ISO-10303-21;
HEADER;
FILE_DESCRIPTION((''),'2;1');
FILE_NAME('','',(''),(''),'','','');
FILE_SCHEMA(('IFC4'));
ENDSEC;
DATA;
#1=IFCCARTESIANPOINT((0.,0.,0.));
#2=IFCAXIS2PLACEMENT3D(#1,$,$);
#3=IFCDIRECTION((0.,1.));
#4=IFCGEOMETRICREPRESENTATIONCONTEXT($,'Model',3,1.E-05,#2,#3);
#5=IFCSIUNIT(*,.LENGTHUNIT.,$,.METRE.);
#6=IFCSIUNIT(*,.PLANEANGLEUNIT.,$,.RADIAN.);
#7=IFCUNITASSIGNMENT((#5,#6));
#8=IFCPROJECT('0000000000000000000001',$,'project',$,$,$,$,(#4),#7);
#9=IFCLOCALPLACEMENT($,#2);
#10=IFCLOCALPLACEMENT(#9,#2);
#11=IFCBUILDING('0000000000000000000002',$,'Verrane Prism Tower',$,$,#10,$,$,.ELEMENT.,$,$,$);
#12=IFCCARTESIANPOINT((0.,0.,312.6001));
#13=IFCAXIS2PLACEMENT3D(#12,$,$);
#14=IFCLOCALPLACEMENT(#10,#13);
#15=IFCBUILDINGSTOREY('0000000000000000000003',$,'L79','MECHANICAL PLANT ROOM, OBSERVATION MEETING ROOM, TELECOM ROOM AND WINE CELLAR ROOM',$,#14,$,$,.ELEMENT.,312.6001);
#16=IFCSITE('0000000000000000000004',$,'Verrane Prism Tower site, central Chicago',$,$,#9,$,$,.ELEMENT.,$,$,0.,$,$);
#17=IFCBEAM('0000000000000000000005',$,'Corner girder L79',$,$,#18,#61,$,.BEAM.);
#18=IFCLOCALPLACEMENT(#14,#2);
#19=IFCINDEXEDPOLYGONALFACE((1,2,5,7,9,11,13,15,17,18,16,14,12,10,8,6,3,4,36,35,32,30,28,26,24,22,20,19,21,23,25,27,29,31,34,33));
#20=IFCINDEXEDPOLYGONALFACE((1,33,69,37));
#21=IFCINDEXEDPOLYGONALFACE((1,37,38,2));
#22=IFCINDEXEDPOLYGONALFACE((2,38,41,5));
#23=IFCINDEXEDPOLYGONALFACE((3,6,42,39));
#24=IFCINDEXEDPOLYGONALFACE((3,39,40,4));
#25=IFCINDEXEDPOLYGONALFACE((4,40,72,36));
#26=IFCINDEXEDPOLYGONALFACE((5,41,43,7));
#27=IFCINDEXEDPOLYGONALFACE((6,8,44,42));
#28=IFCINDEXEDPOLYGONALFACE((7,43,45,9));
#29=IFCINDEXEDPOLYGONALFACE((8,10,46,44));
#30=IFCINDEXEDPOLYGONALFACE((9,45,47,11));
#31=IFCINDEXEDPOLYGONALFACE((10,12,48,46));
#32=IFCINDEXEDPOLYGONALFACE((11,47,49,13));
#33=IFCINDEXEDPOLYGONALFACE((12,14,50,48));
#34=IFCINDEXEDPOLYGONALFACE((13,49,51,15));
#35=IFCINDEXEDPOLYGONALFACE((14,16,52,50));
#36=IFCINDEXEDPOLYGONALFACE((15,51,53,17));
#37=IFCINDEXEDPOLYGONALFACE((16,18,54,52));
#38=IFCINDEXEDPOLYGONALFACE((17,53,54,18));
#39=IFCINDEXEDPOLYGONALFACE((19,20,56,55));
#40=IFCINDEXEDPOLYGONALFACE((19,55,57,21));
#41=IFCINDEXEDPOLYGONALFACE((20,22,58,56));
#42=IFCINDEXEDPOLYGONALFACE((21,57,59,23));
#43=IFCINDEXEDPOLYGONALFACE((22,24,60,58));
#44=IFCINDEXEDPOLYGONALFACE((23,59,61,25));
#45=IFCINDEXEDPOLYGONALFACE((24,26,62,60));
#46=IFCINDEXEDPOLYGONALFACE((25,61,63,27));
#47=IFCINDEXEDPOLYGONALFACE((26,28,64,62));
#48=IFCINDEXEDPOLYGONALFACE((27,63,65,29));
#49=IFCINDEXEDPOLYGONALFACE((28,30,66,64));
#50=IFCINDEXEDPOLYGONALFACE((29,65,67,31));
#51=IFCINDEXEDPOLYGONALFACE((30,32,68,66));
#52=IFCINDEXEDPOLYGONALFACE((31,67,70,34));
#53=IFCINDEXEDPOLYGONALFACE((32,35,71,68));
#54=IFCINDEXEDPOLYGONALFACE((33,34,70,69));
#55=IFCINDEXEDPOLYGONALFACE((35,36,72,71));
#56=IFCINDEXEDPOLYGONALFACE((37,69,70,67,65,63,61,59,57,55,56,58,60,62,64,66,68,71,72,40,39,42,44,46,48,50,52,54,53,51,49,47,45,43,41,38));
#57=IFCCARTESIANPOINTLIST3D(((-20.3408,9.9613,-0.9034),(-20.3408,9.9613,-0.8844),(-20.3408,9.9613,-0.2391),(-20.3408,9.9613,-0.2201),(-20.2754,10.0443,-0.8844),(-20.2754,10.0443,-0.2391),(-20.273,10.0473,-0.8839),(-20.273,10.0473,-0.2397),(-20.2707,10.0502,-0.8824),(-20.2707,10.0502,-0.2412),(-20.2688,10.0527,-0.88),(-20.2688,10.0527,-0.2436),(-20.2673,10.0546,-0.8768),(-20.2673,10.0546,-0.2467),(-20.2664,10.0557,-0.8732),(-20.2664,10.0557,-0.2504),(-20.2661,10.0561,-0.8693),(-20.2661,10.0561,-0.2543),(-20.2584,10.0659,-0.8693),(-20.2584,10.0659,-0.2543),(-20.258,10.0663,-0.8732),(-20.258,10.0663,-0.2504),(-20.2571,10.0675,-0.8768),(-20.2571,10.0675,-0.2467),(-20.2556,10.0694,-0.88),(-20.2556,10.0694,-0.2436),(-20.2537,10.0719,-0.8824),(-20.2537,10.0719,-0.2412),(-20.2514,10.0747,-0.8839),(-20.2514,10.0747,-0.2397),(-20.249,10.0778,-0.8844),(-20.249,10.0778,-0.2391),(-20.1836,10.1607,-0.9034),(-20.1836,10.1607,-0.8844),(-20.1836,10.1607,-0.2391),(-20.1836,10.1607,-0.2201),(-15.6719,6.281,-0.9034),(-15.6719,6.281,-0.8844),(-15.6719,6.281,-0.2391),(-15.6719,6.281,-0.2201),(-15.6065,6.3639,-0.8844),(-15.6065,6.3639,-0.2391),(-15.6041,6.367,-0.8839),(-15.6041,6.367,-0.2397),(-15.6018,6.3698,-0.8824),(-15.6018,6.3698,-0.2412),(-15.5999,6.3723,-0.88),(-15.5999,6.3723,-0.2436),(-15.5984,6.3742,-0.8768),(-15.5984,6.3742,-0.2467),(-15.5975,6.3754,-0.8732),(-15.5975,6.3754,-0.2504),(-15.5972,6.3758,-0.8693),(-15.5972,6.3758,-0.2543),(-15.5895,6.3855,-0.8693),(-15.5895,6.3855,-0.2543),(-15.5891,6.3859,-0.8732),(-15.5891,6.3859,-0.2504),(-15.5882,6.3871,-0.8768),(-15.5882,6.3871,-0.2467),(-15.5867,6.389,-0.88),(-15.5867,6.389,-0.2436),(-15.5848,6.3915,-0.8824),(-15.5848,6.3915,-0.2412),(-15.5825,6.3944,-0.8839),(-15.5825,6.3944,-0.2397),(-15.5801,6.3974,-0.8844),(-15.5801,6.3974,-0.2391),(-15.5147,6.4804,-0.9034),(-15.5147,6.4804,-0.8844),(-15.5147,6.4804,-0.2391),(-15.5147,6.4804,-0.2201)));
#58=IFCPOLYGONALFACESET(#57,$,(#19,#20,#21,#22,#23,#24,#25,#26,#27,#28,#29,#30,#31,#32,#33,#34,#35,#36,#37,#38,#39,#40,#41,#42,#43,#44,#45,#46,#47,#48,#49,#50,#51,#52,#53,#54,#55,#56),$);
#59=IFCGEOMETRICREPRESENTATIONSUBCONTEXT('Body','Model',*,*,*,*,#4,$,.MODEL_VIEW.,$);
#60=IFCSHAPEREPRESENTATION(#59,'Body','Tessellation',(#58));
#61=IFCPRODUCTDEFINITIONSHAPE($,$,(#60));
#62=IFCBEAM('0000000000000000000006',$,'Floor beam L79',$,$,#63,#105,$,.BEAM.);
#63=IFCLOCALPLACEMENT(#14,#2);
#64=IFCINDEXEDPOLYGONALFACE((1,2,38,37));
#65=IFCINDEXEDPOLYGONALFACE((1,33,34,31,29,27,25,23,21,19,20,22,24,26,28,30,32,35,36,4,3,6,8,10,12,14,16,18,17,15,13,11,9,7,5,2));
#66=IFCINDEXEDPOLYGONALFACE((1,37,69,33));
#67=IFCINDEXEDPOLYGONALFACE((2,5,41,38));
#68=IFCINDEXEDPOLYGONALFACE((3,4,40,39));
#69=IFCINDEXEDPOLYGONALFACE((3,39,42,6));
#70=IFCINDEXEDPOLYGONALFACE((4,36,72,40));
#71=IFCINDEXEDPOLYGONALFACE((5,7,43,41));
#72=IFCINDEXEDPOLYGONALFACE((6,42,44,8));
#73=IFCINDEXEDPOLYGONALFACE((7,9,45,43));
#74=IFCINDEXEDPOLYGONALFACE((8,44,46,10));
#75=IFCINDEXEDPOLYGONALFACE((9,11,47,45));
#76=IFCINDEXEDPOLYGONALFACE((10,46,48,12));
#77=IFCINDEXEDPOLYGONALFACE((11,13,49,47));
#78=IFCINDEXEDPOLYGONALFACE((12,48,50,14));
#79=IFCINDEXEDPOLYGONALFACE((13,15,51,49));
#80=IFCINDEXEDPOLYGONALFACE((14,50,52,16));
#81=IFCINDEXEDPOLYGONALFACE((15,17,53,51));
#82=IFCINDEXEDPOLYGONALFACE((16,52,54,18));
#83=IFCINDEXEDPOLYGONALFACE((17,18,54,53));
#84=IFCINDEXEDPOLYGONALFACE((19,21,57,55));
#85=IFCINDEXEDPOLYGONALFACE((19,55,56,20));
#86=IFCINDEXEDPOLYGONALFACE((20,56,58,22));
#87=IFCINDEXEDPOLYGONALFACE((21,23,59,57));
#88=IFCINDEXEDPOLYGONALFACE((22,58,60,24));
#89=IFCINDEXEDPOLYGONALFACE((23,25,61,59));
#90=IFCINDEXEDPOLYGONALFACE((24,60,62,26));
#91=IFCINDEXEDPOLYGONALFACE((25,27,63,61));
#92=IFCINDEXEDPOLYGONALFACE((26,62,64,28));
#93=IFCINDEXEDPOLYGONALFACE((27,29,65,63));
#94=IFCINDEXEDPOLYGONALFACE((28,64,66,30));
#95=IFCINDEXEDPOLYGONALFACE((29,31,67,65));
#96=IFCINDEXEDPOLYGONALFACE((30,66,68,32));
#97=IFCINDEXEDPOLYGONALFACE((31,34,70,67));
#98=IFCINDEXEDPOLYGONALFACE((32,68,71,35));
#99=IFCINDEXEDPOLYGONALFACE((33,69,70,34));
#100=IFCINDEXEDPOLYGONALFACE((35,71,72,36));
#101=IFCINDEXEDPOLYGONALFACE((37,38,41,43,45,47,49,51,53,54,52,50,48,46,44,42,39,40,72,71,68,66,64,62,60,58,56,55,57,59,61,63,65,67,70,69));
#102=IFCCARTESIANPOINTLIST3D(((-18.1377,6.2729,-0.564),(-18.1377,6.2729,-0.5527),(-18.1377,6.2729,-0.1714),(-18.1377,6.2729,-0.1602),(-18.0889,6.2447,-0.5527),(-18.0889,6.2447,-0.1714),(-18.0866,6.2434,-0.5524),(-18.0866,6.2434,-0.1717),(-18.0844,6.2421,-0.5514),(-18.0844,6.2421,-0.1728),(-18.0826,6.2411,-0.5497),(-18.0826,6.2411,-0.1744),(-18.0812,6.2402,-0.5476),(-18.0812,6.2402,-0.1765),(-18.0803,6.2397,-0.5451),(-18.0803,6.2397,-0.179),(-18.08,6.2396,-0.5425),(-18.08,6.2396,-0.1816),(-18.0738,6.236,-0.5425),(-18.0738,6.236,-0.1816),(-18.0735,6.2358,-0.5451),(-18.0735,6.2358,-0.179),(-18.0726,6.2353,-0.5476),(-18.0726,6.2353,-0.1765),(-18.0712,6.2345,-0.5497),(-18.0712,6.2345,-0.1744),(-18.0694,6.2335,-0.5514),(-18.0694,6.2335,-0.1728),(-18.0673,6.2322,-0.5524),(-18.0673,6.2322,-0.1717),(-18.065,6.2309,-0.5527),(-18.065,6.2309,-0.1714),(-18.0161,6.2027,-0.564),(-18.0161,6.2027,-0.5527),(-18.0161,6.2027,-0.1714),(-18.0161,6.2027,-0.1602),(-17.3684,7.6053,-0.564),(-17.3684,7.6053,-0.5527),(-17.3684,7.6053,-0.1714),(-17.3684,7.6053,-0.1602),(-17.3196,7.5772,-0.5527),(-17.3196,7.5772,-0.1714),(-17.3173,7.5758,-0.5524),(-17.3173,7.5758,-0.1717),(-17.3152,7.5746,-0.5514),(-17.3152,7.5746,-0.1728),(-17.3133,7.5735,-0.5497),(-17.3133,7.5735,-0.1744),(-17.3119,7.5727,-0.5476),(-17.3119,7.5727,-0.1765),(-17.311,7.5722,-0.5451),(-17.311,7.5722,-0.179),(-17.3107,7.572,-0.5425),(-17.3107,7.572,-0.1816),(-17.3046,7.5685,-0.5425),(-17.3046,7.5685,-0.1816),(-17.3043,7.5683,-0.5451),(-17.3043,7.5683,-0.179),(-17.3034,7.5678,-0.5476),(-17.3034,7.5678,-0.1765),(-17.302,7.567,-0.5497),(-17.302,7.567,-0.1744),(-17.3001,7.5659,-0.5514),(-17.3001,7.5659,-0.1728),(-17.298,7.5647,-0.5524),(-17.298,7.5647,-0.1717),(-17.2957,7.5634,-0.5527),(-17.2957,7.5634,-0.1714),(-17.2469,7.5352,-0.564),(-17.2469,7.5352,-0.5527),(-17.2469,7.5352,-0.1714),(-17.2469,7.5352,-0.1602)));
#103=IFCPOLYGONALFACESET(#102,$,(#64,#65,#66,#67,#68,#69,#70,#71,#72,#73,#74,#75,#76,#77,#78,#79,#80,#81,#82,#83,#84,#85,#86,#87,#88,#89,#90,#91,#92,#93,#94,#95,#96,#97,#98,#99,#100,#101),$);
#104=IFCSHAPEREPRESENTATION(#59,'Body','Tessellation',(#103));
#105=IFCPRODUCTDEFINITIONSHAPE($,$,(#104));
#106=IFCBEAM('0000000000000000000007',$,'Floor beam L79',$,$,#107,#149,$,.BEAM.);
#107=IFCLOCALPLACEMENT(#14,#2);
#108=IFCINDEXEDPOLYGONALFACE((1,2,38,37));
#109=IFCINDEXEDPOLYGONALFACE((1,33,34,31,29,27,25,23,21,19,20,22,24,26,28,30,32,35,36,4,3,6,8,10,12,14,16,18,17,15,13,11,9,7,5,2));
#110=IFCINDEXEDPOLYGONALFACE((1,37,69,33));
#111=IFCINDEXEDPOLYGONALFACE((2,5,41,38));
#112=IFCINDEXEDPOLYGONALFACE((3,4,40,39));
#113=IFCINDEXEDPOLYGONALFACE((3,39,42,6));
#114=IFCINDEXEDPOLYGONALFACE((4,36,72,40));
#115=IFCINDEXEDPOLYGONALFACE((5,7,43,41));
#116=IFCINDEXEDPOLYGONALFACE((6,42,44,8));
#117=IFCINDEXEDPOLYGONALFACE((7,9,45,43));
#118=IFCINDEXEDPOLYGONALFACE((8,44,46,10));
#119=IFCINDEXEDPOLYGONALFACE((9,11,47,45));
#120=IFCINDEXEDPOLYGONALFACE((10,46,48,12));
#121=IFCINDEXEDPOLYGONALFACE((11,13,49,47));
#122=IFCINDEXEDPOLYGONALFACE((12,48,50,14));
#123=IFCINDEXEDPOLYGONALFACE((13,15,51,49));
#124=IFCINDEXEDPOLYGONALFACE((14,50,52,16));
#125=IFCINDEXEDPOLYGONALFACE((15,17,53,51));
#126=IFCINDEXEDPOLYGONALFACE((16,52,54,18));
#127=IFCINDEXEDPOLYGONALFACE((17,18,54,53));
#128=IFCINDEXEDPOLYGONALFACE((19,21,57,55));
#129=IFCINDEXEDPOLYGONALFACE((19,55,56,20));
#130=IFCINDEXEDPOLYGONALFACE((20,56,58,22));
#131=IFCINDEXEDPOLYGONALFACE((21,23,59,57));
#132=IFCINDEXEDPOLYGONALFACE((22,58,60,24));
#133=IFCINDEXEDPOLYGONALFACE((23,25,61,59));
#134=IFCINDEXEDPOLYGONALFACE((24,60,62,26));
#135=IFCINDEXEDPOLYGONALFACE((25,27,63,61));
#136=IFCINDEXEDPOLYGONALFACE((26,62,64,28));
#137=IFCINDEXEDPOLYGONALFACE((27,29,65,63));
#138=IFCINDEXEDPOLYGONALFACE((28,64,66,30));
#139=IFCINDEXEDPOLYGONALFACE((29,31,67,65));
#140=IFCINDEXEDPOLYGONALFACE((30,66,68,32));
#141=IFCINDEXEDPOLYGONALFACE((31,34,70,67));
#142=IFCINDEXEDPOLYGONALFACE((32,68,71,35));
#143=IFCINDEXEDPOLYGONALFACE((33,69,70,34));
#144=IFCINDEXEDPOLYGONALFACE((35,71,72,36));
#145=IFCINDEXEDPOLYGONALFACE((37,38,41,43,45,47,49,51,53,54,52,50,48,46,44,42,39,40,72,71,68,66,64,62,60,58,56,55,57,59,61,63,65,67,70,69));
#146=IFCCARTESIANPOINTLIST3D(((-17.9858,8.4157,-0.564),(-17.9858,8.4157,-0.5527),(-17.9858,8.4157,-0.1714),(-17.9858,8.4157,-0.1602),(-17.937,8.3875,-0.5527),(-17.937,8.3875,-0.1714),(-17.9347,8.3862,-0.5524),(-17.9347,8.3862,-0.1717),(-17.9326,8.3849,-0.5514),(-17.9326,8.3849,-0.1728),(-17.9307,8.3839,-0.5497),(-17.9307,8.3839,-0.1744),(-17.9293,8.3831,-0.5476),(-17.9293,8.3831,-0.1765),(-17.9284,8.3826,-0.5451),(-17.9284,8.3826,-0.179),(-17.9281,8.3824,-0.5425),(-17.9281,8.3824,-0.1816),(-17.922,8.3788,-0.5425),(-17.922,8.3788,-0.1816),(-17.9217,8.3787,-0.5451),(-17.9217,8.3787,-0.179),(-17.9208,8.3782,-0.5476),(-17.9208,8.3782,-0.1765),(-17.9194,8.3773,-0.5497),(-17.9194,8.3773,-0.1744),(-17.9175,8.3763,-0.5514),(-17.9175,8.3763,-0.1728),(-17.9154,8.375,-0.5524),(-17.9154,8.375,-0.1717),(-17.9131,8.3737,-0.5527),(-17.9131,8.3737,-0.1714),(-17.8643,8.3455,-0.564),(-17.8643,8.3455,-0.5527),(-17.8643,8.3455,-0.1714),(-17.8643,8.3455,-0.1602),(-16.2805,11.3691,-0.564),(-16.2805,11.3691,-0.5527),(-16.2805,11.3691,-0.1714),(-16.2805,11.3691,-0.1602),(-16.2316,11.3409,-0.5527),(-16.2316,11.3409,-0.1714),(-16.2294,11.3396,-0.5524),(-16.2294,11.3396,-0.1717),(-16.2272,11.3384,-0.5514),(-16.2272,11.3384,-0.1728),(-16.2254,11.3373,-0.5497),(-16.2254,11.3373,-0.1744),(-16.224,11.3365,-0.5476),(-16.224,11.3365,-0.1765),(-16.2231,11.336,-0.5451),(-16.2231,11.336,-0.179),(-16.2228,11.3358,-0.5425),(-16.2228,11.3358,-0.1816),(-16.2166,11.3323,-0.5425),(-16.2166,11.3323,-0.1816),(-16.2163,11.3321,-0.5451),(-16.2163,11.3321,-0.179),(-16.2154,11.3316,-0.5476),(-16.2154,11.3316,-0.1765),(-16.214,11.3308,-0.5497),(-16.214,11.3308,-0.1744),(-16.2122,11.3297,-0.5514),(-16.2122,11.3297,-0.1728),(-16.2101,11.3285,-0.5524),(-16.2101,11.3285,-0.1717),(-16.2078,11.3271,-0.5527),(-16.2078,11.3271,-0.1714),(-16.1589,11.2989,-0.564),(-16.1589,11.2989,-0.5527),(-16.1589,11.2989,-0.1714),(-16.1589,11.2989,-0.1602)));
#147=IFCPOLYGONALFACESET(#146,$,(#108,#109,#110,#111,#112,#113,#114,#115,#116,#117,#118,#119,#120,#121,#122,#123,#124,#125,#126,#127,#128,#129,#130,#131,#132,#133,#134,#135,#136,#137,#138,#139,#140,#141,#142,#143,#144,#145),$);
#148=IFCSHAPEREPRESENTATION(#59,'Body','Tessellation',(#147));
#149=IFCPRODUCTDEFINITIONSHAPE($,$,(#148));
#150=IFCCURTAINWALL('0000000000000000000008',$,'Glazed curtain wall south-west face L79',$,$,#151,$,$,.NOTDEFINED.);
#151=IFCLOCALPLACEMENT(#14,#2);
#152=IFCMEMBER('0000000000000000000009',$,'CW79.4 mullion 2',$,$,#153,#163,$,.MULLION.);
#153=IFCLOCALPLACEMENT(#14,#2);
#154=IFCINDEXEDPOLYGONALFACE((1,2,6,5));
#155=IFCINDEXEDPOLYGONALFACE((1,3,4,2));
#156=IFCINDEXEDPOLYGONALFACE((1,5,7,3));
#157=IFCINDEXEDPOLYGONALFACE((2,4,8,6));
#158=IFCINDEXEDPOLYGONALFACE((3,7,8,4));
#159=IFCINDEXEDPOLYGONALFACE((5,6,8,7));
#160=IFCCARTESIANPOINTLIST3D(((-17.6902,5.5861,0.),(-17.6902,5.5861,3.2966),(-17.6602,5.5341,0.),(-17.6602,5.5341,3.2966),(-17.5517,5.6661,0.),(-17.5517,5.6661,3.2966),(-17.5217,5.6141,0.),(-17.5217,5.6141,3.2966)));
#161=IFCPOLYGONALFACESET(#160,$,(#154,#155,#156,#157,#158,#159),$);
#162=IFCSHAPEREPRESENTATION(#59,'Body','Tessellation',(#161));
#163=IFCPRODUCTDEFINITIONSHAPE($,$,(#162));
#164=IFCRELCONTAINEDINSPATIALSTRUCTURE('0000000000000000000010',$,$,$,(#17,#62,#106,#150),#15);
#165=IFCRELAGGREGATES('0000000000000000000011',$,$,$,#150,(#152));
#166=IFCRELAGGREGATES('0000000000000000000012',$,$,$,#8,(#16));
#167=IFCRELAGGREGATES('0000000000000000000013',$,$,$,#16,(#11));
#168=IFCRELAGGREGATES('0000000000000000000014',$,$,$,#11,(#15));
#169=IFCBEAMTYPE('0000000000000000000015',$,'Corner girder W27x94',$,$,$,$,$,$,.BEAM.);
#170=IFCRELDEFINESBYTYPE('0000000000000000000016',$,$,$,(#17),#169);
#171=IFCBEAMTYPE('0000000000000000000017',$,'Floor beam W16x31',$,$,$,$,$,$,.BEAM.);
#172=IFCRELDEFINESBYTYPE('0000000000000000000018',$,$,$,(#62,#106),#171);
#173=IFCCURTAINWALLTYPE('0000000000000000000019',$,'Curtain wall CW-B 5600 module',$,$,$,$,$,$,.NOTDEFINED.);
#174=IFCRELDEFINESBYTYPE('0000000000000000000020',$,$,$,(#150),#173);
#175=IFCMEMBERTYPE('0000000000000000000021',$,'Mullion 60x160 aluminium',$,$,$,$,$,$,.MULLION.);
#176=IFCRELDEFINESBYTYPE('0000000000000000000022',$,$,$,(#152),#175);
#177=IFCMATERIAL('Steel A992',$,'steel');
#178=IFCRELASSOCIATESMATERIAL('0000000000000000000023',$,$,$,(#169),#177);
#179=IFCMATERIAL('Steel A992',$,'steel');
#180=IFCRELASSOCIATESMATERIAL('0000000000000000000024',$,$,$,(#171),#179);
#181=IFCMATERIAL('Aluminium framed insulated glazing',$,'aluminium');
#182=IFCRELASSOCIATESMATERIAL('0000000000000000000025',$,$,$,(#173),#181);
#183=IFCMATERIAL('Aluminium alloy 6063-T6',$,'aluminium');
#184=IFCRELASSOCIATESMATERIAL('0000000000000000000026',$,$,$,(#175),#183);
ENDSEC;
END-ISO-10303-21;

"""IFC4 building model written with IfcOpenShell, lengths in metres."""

from ifc_helpers import new_model, si_unit, direction, frame, origin, origin_2d, place, context, subcontext, project, spatial, rectangle, i_section, extrude, material, material_profile, profile_set, type_object, element, aggregate, save


model = new_model("IFC4")

# Units and contexts
model_context = context("Model", 3, precision=1e-05, world=origin(), true_north=direction((0.0, 1.0)))
body_context = subcontext(model_context, "Body", "Model", "MODEL_VIEW")
ifc_project = project(units=[si_unit("LENGTHUNIT", "METRE"), si_unit("PLANEANGLEUNIT", "RADIAN")], contexts=[model_context])

# Site, building, storey
site_placement = place(None, origin())
site = spatial("IfcSite", under=ifc_project, at=site_placement, Name="Verrane Prism Tower site, central Chicago", CompositionType="ELEMENT", RefElevation=0.0)
building_placement = place(site_placement, origin())
building = spatial("IfcBuilding", under=site, at=building_placement, Name="Verrane Prism Tower", CompositionType="ELEMENT")
storey_placement = place(building_placement, frame((0.0, 0.0, 312.6001)))
storey = spatial("IfcBuildingStorey", under=building, at=storey_placement, Name="L79", Description="MECHANICAL PLANT ROOM, OBSERVATION MEETING ROOM, TELECOM ROOM AND WINE CELLAR ROOM", CompositionType="ELEMENT", Elevation=312.6001)

# Beams
ifc_material_1 = material(Name="Steel A992", Category="steel")
ifc_material_profile_1 = material_profile(ifc_material_1, i_section(OverallWidth=0.2539, OverallDepth=0.6833, WebThickness=0.0125, FlangeThickness=0.019, FilletRadius=0.0151, at=origin_2d()), Name="W27x94")
ifc_profile_set_1 = profile_set([ifc_material_profile_1], Name="Steel A992")
beam_type_1 = type_object("IfcBeamType", Name="Corner girder W27x94", PredefinedType="BEAM", material=ifc_profile_set_1)
beam_1_placement = place(storey_placement, frame((-20.2622, 10.061, -0.5618), z_axis=(0.78534, -0.619065, 0.0), x_axis=(0.619065, 0.78534, 0.0)))
element("IfcBeam", 1, at=beam_1_placement, inside=storey, type_object=beam_type_1, Name="Corner girder L79", PredefinedType="BEAM", context=body_context, shape_type="SweptSolid", body=[
    extrude(i_section(OverallWidth=0.2539, OverallDepth=0.6833, WebThickness=0.0125, FlangeThickness=0.019, FilletRadius=0.0151, at=origin_2d()), origin(), (0.0, 0.0, 1.0), 5.9451),
])
ifc_material_2 = material(Name="Steel A992", Category="steel")
ifc_material_profile_2 = material_profile(ifc_material_2, i_section(OverallWidth=0.1404, OverallDepth=0.4038, WebThickness=0.0071, FlangeThickness=0.0112, FilletRadius=0.0103, at=origin_2d()), Name="W16x31")
ifc_profile_set_2 = profile_set([ifc_material_profile_2], Name="Steel A992")
beam_type_2 = type_object("IfcBeamType", Name="Floor beam W16x31", PredefinedType="BEAM", material=ifc_profile_set_2)
beam_2_placement = place(storey_placement, frame((-18.0769, 6.2378, -0.3621), z_axis=(0.499979, 0.866038, 0.0), x_axis=(-0.866038, 0.499979, 0.0)))
element("IfcBeam", 2, at=beam_2_placement, inside=storey, type_object=beam_type_2, Name="Floor beam L79", PredefinedType="BEAM", context=body_context, shape_type="SweptSolid", body=[
    extrude(i_section(OverallWidth=0.1404, OverallDepth=0.4038, WebThickness=0.0071, FlangeThickness=0.0112, FilletRadius=0.0103, at=origin_2d()), origin(), (0.0, 0.0, 1.0), 1.5386),
])
beam_3_placement = place(storey_placement, frame((-17.925, 8.3806, -0.3621), z_axis=(0.500043, 0.866001, 0.0), x_axis=(-0.866001, 0.500043, 0.0)))
element("IfcBeam", 3, at=beam_3_placement, inside=storey, type_object=beam_type_2, Name="Floor beam L79", PredefinedType="BEAM", context=body_context, shape_type="SweptSolid", body=[
    extrude(i_section(OverallWidth=0.1404, OverallDepth=0.4038, WebThickness=0.0071, FlangeThickness=0.0112, FilletRadius=0.0103, at=origin_2d()), origin(), (0.0, 0.0, 1.0), 3.4104),
])

# Curtain wall, member
ifc_material_3 = material(Name="Aluminium framed insulated glazing", Category="aluminium")
curtain_wall_type = type_object("IfcCurtainWallType", Name="Curtain wall CW-B 5600 module", PredefinedType="NOTDEFINED", material=ifc_material_3)
curtain_wall_placement = place(storey_placement, origin())
curtain_wall = element("IfcCurtainWall", 4, at=curtain_wall_placement, inside=storey, type_object=curtain_wall_type, Name="Glazed curtain wall south-west face L79", PredefinedType="NOTDEFINED")
ifc_material_4 = material(Name="Aluminium alloy 6063-T6", Category="aluminium")
ifc_material_profile_3 = material_profile(ifc_material_4, rectangle(XDim=0.1599, YDim=0.0601, at=origin_2d()), Name="Mullion 60x160 aluminium")
ifc_profile_set_3 = profile_set([ifc_material_profile_3], Name="Aluminium alloy 6063-T6")
member_type_1 = type_object("IfcMemberType", Name="Mullion 60x160 aluminium", PredefinedType="MULLION", material=ifc_profile_set_3)
member_1_placement = place(storey_placement, frame((-17.606, 5.6001, 0.0), z_axis=(0.0, 0.0, 1.0), x_axis=(0.866025, 0.5, 0.0)))
member_1 = element("IfcMember", 5, at=member_1_placement, type_object=member_type_1, Name="CW79.4 mullion 2", PredefinedType="MULLION", context=body_context, shape_type="SweptSolid", body=[
    extrude(rectangle(XDim=0.1599, YDim=0.0601, at=origin_2d()), origin(), (0.0, 0.0, 1.0), 3.2966),
])

aggregate(curtain_wall, [member_1])

save(model, "model.ifc")
